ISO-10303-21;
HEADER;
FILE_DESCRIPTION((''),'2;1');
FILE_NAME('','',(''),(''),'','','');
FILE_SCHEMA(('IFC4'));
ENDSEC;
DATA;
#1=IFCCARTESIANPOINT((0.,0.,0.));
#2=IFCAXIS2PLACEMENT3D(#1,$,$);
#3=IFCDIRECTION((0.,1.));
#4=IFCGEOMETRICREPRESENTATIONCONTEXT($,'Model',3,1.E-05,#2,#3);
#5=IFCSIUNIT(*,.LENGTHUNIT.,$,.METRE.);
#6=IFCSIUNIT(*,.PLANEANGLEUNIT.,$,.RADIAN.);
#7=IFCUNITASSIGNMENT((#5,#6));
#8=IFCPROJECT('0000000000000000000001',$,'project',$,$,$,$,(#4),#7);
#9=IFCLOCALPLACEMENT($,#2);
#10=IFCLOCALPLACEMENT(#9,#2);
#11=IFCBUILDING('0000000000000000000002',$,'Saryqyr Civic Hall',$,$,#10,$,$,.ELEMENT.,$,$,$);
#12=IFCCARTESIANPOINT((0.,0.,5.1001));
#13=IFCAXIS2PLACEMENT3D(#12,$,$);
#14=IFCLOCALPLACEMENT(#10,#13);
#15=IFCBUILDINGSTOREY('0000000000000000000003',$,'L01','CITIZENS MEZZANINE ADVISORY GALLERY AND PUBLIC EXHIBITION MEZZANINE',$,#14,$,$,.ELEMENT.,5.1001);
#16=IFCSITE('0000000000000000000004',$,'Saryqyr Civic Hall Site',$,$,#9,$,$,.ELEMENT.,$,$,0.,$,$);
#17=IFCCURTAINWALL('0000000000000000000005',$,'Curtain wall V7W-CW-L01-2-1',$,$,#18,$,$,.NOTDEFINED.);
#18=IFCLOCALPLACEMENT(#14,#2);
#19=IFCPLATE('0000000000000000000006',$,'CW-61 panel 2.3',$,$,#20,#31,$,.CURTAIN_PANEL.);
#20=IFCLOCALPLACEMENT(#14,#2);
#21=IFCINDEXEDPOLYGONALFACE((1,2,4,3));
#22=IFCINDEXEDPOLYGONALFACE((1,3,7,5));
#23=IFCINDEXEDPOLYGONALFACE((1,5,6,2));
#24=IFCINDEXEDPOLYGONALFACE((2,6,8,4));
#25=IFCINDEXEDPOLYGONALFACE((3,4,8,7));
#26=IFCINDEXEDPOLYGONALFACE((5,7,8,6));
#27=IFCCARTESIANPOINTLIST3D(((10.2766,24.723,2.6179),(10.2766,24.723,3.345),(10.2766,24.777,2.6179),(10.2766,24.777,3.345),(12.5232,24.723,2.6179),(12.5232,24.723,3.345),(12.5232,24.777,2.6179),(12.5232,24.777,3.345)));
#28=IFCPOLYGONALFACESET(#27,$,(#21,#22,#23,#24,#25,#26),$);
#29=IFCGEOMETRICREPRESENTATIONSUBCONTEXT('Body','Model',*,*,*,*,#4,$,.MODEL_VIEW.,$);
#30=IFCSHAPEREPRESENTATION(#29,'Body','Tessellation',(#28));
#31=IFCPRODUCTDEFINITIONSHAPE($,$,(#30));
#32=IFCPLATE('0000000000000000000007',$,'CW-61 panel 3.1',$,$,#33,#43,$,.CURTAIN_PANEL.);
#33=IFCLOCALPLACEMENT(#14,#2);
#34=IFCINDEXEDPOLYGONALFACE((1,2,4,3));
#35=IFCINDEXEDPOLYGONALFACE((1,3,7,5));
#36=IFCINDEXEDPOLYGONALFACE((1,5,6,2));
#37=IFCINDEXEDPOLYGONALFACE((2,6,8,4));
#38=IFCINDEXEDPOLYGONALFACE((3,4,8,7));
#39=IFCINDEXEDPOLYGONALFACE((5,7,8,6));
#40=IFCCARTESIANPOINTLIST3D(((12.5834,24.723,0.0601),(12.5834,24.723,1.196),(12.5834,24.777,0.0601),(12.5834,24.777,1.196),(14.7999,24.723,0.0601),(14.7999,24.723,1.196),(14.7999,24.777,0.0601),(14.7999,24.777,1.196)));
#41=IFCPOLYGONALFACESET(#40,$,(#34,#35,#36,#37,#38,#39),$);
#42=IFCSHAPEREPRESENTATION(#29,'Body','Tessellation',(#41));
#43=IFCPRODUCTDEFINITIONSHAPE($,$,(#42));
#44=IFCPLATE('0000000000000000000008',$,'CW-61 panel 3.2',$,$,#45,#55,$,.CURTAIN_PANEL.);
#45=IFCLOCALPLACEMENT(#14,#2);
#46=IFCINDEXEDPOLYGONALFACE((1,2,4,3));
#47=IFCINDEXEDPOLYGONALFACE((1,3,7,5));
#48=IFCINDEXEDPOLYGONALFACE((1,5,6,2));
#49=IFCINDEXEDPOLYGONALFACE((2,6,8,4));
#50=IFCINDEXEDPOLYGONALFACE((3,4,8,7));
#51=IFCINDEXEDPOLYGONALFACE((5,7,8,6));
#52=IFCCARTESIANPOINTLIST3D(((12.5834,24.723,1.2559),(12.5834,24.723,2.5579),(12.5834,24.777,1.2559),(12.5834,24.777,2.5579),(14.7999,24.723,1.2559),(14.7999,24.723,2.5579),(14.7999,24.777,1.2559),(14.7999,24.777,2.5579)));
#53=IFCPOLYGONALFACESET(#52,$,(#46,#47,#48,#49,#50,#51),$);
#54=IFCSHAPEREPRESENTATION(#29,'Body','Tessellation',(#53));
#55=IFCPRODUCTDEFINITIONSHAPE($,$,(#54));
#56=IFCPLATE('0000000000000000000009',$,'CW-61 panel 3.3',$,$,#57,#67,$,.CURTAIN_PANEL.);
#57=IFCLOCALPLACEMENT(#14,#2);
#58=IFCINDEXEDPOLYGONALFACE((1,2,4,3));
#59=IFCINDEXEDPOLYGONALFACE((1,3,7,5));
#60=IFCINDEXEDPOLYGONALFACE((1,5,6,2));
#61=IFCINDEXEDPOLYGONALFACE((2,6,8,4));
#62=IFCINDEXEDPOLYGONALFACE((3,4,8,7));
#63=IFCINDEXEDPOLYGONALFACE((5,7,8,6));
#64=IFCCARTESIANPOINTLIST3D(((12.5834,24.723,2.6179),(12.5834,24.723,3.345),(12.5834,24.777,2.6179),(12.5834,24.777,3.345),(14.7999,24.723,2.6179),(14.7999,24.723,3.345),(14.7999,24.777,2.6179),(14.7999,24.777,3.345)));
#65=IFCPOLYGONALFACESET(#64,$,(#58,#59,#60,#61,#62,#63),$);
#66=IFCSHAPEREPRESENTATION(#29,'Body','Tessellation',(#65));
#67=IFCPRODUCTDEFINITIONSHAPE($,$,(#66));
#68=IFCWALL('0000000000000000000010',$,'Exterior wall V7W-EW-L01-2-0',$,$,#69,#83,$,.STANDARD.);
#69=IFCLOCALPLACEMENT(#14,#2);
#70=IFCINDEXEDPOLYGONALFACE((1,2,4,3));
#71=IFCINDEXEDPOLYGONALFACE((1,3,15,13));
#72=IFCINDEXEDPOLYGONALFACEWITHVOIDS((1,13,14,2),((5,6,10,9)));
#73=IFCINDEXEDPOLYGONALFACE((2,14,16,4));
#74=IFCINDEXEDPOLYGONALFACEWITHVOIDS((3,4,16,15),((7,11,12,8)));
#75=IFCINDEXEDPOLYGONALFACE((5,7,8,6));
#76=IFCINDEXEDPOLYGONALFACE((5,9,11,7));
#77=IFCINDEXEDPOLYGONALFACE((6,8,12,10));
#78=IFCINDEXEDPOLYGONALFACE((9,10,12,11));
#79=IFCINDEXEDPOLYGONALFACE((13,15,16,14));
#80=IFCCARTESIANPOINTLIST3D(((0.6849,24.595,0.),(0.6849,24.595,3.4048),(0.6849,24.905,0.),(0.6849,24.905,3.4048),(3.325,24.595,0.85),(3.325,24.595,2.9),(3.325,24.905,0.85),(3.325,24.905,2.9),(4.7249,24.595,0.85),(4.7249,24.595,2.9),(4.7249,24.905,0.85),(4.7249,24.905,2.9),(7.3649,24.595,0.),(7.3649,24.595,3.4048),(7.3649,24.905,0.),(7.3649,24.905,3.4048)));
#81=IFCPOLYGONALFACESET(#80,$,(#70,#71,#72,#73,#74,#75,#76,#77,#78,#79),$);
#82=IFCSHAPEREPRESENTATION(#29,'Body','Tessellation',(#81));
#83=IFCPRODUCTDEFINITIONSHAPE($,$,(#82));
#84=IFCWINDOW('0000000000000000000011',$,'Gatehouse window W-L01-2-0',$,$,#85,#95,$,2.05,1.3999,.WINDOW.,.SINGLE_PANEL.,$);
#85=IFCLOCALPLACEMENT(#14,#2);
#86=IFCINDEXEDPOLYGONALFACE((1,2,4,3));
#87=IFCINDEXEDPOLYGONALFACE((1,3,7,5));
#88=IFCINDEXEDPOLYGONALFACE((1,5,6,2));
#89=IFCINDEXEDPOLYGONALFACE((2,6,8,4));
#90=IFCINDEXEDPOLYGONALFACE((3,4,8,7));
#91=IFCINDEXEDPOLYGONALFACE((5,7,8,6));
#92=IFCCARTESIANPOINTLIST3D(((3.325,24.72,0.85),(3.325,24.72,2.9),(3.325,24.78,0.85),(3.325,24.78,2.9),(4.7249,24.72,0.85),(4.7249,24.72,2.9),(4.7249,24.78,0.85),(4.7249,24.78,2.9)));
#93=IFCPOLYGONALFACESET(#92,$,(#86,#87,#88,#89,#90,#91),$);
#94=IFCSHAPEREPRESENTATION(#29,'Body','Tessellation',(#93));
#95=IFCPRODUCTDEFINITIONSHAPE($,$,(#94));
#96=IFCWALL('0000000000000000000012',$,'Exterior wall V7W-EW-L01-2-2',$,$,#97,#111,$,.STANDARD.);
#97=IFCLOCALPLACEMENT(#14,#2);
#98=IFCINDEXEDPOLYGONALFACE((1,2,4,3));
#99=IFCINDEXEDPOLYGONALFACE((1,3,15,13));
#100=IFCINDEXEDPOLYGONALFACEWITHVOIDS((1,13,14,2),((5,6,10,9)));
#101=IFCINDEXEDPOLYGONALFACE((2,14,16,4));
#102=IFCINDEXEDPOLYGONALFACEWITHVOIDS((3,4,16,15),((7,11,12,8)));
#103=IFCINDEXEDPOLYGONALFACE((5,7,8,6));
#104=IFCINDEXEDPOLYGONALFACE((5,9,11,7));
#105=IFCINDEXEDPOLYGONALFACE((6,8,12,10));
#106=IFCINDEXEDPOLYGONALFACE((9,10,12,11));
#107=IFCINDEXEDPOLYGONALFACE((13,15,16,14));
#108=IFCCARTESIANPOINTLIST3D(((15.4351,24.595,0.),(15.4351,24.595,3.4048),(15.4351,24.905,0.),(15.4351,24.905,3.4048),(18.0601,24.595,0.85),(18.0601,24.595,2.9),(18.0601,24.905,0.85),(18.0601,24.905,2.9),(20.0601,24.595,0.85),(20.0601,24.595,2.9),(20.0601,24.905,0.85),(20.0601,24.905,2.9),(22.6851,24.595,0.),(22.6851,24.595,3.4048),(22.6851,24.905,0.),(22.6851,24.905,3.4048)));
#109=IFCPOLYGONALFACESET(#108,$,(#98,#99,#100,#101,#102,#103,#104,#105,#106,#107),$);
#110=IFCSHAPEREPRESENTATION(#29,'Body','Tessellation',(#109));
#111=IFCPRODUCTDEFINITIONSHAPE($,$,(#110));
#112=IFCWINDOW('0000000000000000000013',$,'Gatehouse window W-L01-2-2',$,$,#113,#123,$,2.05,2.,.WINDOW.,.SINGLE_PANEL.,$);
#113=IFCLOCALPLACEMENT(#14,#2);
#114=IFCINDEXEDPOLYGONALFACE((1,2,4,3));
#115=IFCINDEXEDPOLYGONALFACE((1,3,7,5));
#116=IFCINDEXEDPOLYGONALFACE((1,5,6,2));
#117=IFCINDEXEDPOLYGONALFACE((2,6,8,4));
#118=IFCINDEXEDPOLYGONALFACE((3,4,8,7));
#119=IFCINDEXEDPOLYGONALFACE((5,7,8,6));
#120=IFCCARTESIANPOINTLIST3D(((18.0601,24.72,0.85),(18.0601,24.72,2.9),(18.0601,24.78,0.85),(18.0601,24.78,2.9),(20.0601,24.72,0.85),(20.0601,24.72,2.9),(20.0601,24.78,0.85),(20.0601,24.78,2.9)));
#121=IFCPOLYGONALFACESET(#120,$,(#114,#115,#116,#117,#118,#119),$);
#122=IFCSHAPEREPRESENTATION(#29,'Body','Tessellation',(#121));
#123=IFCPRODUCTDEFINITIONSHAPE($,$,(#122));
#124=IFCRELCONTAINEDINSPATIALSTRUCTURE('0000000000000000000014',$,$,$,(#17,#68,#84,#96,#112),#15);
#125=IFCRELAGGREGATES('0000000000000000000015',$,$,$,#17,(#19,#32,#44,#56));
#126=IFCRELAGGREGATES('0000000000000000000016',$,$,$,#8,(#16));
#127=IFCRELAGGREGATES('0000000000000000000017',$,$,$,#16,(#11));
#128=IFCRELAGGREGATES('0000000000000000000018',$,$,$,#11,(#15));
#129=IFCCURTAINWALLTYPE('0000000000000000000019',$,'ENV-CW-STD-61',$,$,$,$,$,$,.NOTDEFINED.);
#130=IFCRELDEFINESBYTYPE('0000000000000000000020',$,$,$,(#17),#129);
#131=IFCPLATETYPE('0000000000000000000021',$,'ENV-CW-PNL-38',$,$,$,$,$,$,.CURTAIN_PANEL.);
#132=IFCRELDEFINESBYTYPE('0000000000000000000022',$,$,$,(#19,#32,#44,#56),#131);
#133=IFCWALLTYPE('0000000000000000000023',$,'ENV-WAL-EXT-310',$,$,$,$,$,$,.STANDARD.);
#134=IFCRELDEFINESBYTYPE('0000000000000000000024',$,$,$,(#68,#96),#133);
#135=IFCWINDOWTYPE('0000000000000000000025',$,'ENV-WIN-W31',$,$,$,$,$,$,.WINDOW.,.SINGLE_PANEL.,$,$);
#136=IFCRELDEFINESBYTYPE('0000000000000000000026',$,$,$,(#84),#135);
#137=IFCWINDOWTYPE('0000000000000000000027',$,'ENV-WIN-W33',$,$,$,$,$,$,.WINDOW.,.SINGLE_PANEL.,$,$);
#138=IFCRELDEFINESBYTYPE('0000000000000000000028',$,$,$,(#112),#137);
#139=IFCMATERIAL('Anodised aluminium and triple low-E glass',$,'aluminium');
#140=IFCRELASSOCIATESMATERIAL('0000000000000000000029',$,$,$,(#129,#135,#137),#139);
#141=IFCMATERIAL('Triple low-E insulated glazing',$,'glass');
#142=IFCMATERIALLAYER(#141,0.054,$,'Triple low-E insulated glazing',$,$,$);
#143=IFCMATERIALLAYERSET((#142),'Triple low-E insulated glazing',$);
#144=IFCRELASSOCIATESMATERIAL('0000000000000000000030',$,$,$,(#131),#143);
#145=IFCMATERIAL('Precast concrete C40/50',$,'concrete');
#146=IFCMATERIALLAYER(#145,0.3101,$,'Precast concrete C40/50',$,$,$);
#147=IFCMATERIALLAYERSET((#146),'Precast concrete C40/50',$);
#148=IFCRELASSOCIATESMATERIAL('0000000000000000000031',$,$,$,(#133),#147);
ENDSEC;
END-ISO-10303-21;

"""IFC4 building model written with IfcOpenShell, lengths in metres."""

from ifc_helpers import new_model, si_unit, direction, frame, frame_2d, origin, origin_2d, place, context, subcontext, project, spatial, rectangle, extrude, material, layer, layer_set, type_object, element, fill, aggregate, save


model = new_model("IFC4")

# Units and contexts
model_context = context("Model", 3, precision=1e-05, world=origin(), true_north=direction((0.0, 1.0)))
body_context = subcontext(model_context, "Body", "Model", "MODEL_VIEW")
ifc_project = project(units=[si_unit("LENGTHUNIT", "METRE"), si_unit("PLANEANGLEUNIT", "RADIAN")], contexts=[model_context])

# Site, building, storey
site_placement = place(None, origin())
site = spatial("IfcSite", under=ifc_project, at=site_placement, Name="Saryqyr Civic Hall Site", CompositionType="ELEMENT", RefElevation=0.0)
building_placement = place(site_placement, origin())
building = spatial("IfcBuilding", under=site, at=building_placement, Name="Saryqyr Civic Hall", CompositionType="ELEMENT")
storey_placement = place(building_placement, frame((0.0, 0.0, 5.1001)))
storey = spatial("IfcBuildingStorey", under=building, at=storey_placement, Name="L01", Description="CITIZENS MEZZANINE ADVISORY GALLERY AND PUBLIC EXHIBITION MEZZANINE", CompositionType="ELEMENT", Elevation=5.1001)

# Curtain wall
ifc_material_1 = material(Name="Anodised aluminium and triple low-E glass", Category="aluminium")
curtain_wall_type = type_object("IfcCurtainWallType", Name="ENV-CW-STD-61", PredefinedType="NOTDEFINED", material=ifc_material_1)
curtain_wall_placement = place(storey_placement, origin())
curtain_wall = element("IfcCurtainWall", 1, at=curtain_wall_placement, inside=storey, type_object=curtain_wall_type, Name="Curtain wall V7W-CW-L01-2-1", PredefinedType="NOTDEFINED")

# Plates
ifc_material_2 = material(Name="Triple low-E insulated glazing", Category="glass")
ifc_layer_1 = layer(ifc_material_2, 0.054, Name="Triple low-E insulated glazing")
ifc_layer_set_1 = layer_set([ifc_layer_1], Name="Triple low-E insulated glazing")
plate_type = type_object("IfcPlateType", Name="ENV-CW-PNL-38", PredefinedType="CURTAIN_PANEL", material=ifc_layer_set_1)
plate_1_placement = place(storey_placement, frame((11.3999, 24.75, 2.6179), z_axis=(0.0, 0.0, 1.0), x_axis=(1.0, 0.0, 0.0)))
plate_1 = element("IfcPlate", 2, at=plate_1_placement, type_object=plate_type, Name="CW-61 panel 2.3", PredefinedType="CURTAIN_PANEL", context=body_context, shape_type="SweptSolid", body=[
    extrude(rectangle(XDim=2.2466, YDim=0.054, at=origin_2d()), origin(), (0.0, 0.0, 1.0), 0.7271),
])
plate_2_placement = place(storey_placement, frame((13.6917, 24.75, 0.0601), z_axis=(0.0, 0.0, 1.0), x_axis=(1.0, 0.0, 0.0)))
plate_2 = element("IfcPlate", 3, at=plate_2_placement, type_object=plate_type, Name="CW-61 panel 3.1", PredefinedType="CURTAIN_PANEL", context=body_context, shape_type="SweptSolid", body=[
    extrude(rectangle(XDim=2.2166, YDim=0.054, at=origin_2d()), origin(), (0.0, 0.0, 1.0), 1.136),
])
plate_3_placement = place(storey_placement, frame((13.6917, 24.75, 1.2559), z_axis=(0.0, 0.0, 1.0), x_axis=(1.0, 0.0, 0.0)))
plate_3 = element("IfcPlate", 4, at=plate_3_placement, type_object=plate_type, Name="CW-61 panel 3.2", PredefinedType="CURTAIN_PANEL", context=body_context, shape_type="SweptSolid", body=[
    extrude(rectangle(XDim=2.2166, YDim=0.054, at=origin_2d()), origin(), (0.0, 0.0, 1.0), 1.302),
])
plate_4_placement = place(storey_placement, frame((13.6917, 24.75, 2.6179), z_axis=(0.0, 0.0, 1.0), x_axis=(1.0, 0.0, 0.0)))
plate_4 = element("IfcPlate", 5, at=plate_4_placement, type_object=plate_type, Name="CW-61 panel 3.3", PredefinedType="CURTAIN_PANEL", context=body_context, shape_type="SweptSolid", body=[
    extrude(rectangle(XDim=2.2166, YDim=0.054, at=origin_2d()), origin(), (0.0, 0.0, 1.0), 0.7271),
])
aggregate(curtain_wall, [plate_1, plate_2, plate_3, plate_4])

# Walls, openings, windows
ifc_material_3 = material(Name="Precast concrete C40/50", Category="concrete")
ifc_layer_2 = layer(ifc_material_3, 0.3101, Name="Precast concrete C40/50")
ifc_layer_set_2 = layer_set([ifc_layer_2], Name="Precast concrete C40/50")
wall_type = type_object("IfcWallType", Name="ENV-WAL-EXT-310", PredefinedType="STANDARD", material=ifc_layer_set_2)
wall_1_placement = place(storey_placement, frame((0.6851, 24.75, 0.0), z_axis=(0.0, 0.0, 1.0), x_axis=(1.0, 0.0, 0.0)))
wall_1 = element("IfcWall", 6, at=wall_1_placement, inside=storey, type_object=wall_type, Name="Exterior wall V7W-EW-L01-2-0", PredefinedType="STANDARD", context=body_context, shape_type="SweptSolid", body=[
    extrude(rectangle(XDim=6.6799, YDim=0.3101, at=frame_2d((3.3398, 0.0))), origin(), (0.0, 0.0, 1.0), 3.4048),
])
opening_1_placement = place(wall_1_placement, frame((2.6399, 0.0, 0.8501)))
opening_1 = element("IfcOpeningElement", 7, at=opening_1_placement, cuts=wall_1, PredefinedType="OPENING", context=body_context, shape_type="SweptSolid", body=[
    extrude(rectangle(XDim=1.3999, YDim=2.05, at=frame_2d((0.7, 1.0249))), frame((0.0, 0.165, 0.0), z_axis=(0.0, -1.0, 0.0), x_axis=(1.0, 0.0, 0.0)), (0.0, 0.0, 1.0), 0.3301),
])
window_type_1 = type_object("IfcWindowType", Name="ENV-WIN-W31", PartitioningType="SINGLE_PANEL", PredefinedType="WINDOW", material=ifc_material_1)
window_1_placement = place(opening_1_placement, origin())
window_1 = element("IfcWindow", 8, at=window_1_placement, inside=storey, type_object=window_type_1, Name="Gatehouse window W-L01-2-0", OverallHeight=2.05, OverallWidth=1.3999, PartitioningType="SINGLE_PANEL", PredefinedType="WINDOW", context=body_context, shape_type="SweptSolid", body=[
    extrude(rectangle(XDim=1.3999, YDim=2.05, at=frame_2d((0.7, 1.0249))), frame((0.0, 0.03, 0.0), z_axis=(0.0, -1.0, 0.0), x_axis=(1.0, 0.0, 0.0)), (0.0, 0.0, 1.0), 0.0601),
])
fill(opening_1, window_1)
wall_2_placement = place(storey_placement, frame((15.4351, 24.75, 0.0), z_axis=(0.0, 0.0, 1.0), x_axis=(1.0, 0.0, 0.0)))
wall_2 = element("IfcWall", 9, at=wall_2_placement, inside=storey, type_object=wall_type, Name="Exterior wall V7W-EW-L01-2-2", PredefinedType="STANDARD", context=body_context, shape_type="SweptSolid", body=[
    extrude(rectangle(XDim=7.25, YDim=0.3101, at=frame_2d((3.625, 0.0))), origin(), (0.0, 0.0, 1.0), 3.4048),
])
opening_2_placement = place(wall_2_placement, frame((2.625, 0.0, 0.8501)))
opening_2 = element("IfcOpeningElement", 10, at=opening_2_placement, cuts=wall_2, PredefinedType="OPENING", context=body_context, shape_type="SweptSolid", body=[
    extrude(rectangle(XDim=2.0, YDim=2.05, at=frame_2d((1.0, 1.0249))), frame((0.0, 0.165, 0.0), z_axis=(0.0, -1.0, 0.0), x_axis=(1.0, 0.0, 0.0)), (0.0, 0.0, 1.0), 0.3301),
])
window_type_2 = type_object("IfcWindowType", Name="ENV-WIN-W33", PartitioningType="SINGLE_PANEL", PredefinedType="WINDOW", material=ifc_material_1)
window_2_placement = place(opening_2_placement, origin())
window_2 = element("IfcWindow", 11, at=window_2_placement, inside=storey, type_object=window_type_2, Name="Gatehouse window W-L01-2-2", OverallHeight=2.05, OverallWidth=2.0, PartitioningType="SINGLE_PANEL", PredefinedType="WINDOW", context=body_context, shape_type="SweptSolid", body=[
    extrude(rectangle(XDim=2.0, YDim=2.05, at=frame_2d((1.0, 1.0249))), frame((0.0, 0.03, 0.0), z_axis=(0.0, -1.0, 0.0), x_axis=(1.0, 0.0, 0.0)), (0.0, 0.0, 1.0), 0.0601),
])
fill(opening_2, window_2)

save(model, "model.ifc")
